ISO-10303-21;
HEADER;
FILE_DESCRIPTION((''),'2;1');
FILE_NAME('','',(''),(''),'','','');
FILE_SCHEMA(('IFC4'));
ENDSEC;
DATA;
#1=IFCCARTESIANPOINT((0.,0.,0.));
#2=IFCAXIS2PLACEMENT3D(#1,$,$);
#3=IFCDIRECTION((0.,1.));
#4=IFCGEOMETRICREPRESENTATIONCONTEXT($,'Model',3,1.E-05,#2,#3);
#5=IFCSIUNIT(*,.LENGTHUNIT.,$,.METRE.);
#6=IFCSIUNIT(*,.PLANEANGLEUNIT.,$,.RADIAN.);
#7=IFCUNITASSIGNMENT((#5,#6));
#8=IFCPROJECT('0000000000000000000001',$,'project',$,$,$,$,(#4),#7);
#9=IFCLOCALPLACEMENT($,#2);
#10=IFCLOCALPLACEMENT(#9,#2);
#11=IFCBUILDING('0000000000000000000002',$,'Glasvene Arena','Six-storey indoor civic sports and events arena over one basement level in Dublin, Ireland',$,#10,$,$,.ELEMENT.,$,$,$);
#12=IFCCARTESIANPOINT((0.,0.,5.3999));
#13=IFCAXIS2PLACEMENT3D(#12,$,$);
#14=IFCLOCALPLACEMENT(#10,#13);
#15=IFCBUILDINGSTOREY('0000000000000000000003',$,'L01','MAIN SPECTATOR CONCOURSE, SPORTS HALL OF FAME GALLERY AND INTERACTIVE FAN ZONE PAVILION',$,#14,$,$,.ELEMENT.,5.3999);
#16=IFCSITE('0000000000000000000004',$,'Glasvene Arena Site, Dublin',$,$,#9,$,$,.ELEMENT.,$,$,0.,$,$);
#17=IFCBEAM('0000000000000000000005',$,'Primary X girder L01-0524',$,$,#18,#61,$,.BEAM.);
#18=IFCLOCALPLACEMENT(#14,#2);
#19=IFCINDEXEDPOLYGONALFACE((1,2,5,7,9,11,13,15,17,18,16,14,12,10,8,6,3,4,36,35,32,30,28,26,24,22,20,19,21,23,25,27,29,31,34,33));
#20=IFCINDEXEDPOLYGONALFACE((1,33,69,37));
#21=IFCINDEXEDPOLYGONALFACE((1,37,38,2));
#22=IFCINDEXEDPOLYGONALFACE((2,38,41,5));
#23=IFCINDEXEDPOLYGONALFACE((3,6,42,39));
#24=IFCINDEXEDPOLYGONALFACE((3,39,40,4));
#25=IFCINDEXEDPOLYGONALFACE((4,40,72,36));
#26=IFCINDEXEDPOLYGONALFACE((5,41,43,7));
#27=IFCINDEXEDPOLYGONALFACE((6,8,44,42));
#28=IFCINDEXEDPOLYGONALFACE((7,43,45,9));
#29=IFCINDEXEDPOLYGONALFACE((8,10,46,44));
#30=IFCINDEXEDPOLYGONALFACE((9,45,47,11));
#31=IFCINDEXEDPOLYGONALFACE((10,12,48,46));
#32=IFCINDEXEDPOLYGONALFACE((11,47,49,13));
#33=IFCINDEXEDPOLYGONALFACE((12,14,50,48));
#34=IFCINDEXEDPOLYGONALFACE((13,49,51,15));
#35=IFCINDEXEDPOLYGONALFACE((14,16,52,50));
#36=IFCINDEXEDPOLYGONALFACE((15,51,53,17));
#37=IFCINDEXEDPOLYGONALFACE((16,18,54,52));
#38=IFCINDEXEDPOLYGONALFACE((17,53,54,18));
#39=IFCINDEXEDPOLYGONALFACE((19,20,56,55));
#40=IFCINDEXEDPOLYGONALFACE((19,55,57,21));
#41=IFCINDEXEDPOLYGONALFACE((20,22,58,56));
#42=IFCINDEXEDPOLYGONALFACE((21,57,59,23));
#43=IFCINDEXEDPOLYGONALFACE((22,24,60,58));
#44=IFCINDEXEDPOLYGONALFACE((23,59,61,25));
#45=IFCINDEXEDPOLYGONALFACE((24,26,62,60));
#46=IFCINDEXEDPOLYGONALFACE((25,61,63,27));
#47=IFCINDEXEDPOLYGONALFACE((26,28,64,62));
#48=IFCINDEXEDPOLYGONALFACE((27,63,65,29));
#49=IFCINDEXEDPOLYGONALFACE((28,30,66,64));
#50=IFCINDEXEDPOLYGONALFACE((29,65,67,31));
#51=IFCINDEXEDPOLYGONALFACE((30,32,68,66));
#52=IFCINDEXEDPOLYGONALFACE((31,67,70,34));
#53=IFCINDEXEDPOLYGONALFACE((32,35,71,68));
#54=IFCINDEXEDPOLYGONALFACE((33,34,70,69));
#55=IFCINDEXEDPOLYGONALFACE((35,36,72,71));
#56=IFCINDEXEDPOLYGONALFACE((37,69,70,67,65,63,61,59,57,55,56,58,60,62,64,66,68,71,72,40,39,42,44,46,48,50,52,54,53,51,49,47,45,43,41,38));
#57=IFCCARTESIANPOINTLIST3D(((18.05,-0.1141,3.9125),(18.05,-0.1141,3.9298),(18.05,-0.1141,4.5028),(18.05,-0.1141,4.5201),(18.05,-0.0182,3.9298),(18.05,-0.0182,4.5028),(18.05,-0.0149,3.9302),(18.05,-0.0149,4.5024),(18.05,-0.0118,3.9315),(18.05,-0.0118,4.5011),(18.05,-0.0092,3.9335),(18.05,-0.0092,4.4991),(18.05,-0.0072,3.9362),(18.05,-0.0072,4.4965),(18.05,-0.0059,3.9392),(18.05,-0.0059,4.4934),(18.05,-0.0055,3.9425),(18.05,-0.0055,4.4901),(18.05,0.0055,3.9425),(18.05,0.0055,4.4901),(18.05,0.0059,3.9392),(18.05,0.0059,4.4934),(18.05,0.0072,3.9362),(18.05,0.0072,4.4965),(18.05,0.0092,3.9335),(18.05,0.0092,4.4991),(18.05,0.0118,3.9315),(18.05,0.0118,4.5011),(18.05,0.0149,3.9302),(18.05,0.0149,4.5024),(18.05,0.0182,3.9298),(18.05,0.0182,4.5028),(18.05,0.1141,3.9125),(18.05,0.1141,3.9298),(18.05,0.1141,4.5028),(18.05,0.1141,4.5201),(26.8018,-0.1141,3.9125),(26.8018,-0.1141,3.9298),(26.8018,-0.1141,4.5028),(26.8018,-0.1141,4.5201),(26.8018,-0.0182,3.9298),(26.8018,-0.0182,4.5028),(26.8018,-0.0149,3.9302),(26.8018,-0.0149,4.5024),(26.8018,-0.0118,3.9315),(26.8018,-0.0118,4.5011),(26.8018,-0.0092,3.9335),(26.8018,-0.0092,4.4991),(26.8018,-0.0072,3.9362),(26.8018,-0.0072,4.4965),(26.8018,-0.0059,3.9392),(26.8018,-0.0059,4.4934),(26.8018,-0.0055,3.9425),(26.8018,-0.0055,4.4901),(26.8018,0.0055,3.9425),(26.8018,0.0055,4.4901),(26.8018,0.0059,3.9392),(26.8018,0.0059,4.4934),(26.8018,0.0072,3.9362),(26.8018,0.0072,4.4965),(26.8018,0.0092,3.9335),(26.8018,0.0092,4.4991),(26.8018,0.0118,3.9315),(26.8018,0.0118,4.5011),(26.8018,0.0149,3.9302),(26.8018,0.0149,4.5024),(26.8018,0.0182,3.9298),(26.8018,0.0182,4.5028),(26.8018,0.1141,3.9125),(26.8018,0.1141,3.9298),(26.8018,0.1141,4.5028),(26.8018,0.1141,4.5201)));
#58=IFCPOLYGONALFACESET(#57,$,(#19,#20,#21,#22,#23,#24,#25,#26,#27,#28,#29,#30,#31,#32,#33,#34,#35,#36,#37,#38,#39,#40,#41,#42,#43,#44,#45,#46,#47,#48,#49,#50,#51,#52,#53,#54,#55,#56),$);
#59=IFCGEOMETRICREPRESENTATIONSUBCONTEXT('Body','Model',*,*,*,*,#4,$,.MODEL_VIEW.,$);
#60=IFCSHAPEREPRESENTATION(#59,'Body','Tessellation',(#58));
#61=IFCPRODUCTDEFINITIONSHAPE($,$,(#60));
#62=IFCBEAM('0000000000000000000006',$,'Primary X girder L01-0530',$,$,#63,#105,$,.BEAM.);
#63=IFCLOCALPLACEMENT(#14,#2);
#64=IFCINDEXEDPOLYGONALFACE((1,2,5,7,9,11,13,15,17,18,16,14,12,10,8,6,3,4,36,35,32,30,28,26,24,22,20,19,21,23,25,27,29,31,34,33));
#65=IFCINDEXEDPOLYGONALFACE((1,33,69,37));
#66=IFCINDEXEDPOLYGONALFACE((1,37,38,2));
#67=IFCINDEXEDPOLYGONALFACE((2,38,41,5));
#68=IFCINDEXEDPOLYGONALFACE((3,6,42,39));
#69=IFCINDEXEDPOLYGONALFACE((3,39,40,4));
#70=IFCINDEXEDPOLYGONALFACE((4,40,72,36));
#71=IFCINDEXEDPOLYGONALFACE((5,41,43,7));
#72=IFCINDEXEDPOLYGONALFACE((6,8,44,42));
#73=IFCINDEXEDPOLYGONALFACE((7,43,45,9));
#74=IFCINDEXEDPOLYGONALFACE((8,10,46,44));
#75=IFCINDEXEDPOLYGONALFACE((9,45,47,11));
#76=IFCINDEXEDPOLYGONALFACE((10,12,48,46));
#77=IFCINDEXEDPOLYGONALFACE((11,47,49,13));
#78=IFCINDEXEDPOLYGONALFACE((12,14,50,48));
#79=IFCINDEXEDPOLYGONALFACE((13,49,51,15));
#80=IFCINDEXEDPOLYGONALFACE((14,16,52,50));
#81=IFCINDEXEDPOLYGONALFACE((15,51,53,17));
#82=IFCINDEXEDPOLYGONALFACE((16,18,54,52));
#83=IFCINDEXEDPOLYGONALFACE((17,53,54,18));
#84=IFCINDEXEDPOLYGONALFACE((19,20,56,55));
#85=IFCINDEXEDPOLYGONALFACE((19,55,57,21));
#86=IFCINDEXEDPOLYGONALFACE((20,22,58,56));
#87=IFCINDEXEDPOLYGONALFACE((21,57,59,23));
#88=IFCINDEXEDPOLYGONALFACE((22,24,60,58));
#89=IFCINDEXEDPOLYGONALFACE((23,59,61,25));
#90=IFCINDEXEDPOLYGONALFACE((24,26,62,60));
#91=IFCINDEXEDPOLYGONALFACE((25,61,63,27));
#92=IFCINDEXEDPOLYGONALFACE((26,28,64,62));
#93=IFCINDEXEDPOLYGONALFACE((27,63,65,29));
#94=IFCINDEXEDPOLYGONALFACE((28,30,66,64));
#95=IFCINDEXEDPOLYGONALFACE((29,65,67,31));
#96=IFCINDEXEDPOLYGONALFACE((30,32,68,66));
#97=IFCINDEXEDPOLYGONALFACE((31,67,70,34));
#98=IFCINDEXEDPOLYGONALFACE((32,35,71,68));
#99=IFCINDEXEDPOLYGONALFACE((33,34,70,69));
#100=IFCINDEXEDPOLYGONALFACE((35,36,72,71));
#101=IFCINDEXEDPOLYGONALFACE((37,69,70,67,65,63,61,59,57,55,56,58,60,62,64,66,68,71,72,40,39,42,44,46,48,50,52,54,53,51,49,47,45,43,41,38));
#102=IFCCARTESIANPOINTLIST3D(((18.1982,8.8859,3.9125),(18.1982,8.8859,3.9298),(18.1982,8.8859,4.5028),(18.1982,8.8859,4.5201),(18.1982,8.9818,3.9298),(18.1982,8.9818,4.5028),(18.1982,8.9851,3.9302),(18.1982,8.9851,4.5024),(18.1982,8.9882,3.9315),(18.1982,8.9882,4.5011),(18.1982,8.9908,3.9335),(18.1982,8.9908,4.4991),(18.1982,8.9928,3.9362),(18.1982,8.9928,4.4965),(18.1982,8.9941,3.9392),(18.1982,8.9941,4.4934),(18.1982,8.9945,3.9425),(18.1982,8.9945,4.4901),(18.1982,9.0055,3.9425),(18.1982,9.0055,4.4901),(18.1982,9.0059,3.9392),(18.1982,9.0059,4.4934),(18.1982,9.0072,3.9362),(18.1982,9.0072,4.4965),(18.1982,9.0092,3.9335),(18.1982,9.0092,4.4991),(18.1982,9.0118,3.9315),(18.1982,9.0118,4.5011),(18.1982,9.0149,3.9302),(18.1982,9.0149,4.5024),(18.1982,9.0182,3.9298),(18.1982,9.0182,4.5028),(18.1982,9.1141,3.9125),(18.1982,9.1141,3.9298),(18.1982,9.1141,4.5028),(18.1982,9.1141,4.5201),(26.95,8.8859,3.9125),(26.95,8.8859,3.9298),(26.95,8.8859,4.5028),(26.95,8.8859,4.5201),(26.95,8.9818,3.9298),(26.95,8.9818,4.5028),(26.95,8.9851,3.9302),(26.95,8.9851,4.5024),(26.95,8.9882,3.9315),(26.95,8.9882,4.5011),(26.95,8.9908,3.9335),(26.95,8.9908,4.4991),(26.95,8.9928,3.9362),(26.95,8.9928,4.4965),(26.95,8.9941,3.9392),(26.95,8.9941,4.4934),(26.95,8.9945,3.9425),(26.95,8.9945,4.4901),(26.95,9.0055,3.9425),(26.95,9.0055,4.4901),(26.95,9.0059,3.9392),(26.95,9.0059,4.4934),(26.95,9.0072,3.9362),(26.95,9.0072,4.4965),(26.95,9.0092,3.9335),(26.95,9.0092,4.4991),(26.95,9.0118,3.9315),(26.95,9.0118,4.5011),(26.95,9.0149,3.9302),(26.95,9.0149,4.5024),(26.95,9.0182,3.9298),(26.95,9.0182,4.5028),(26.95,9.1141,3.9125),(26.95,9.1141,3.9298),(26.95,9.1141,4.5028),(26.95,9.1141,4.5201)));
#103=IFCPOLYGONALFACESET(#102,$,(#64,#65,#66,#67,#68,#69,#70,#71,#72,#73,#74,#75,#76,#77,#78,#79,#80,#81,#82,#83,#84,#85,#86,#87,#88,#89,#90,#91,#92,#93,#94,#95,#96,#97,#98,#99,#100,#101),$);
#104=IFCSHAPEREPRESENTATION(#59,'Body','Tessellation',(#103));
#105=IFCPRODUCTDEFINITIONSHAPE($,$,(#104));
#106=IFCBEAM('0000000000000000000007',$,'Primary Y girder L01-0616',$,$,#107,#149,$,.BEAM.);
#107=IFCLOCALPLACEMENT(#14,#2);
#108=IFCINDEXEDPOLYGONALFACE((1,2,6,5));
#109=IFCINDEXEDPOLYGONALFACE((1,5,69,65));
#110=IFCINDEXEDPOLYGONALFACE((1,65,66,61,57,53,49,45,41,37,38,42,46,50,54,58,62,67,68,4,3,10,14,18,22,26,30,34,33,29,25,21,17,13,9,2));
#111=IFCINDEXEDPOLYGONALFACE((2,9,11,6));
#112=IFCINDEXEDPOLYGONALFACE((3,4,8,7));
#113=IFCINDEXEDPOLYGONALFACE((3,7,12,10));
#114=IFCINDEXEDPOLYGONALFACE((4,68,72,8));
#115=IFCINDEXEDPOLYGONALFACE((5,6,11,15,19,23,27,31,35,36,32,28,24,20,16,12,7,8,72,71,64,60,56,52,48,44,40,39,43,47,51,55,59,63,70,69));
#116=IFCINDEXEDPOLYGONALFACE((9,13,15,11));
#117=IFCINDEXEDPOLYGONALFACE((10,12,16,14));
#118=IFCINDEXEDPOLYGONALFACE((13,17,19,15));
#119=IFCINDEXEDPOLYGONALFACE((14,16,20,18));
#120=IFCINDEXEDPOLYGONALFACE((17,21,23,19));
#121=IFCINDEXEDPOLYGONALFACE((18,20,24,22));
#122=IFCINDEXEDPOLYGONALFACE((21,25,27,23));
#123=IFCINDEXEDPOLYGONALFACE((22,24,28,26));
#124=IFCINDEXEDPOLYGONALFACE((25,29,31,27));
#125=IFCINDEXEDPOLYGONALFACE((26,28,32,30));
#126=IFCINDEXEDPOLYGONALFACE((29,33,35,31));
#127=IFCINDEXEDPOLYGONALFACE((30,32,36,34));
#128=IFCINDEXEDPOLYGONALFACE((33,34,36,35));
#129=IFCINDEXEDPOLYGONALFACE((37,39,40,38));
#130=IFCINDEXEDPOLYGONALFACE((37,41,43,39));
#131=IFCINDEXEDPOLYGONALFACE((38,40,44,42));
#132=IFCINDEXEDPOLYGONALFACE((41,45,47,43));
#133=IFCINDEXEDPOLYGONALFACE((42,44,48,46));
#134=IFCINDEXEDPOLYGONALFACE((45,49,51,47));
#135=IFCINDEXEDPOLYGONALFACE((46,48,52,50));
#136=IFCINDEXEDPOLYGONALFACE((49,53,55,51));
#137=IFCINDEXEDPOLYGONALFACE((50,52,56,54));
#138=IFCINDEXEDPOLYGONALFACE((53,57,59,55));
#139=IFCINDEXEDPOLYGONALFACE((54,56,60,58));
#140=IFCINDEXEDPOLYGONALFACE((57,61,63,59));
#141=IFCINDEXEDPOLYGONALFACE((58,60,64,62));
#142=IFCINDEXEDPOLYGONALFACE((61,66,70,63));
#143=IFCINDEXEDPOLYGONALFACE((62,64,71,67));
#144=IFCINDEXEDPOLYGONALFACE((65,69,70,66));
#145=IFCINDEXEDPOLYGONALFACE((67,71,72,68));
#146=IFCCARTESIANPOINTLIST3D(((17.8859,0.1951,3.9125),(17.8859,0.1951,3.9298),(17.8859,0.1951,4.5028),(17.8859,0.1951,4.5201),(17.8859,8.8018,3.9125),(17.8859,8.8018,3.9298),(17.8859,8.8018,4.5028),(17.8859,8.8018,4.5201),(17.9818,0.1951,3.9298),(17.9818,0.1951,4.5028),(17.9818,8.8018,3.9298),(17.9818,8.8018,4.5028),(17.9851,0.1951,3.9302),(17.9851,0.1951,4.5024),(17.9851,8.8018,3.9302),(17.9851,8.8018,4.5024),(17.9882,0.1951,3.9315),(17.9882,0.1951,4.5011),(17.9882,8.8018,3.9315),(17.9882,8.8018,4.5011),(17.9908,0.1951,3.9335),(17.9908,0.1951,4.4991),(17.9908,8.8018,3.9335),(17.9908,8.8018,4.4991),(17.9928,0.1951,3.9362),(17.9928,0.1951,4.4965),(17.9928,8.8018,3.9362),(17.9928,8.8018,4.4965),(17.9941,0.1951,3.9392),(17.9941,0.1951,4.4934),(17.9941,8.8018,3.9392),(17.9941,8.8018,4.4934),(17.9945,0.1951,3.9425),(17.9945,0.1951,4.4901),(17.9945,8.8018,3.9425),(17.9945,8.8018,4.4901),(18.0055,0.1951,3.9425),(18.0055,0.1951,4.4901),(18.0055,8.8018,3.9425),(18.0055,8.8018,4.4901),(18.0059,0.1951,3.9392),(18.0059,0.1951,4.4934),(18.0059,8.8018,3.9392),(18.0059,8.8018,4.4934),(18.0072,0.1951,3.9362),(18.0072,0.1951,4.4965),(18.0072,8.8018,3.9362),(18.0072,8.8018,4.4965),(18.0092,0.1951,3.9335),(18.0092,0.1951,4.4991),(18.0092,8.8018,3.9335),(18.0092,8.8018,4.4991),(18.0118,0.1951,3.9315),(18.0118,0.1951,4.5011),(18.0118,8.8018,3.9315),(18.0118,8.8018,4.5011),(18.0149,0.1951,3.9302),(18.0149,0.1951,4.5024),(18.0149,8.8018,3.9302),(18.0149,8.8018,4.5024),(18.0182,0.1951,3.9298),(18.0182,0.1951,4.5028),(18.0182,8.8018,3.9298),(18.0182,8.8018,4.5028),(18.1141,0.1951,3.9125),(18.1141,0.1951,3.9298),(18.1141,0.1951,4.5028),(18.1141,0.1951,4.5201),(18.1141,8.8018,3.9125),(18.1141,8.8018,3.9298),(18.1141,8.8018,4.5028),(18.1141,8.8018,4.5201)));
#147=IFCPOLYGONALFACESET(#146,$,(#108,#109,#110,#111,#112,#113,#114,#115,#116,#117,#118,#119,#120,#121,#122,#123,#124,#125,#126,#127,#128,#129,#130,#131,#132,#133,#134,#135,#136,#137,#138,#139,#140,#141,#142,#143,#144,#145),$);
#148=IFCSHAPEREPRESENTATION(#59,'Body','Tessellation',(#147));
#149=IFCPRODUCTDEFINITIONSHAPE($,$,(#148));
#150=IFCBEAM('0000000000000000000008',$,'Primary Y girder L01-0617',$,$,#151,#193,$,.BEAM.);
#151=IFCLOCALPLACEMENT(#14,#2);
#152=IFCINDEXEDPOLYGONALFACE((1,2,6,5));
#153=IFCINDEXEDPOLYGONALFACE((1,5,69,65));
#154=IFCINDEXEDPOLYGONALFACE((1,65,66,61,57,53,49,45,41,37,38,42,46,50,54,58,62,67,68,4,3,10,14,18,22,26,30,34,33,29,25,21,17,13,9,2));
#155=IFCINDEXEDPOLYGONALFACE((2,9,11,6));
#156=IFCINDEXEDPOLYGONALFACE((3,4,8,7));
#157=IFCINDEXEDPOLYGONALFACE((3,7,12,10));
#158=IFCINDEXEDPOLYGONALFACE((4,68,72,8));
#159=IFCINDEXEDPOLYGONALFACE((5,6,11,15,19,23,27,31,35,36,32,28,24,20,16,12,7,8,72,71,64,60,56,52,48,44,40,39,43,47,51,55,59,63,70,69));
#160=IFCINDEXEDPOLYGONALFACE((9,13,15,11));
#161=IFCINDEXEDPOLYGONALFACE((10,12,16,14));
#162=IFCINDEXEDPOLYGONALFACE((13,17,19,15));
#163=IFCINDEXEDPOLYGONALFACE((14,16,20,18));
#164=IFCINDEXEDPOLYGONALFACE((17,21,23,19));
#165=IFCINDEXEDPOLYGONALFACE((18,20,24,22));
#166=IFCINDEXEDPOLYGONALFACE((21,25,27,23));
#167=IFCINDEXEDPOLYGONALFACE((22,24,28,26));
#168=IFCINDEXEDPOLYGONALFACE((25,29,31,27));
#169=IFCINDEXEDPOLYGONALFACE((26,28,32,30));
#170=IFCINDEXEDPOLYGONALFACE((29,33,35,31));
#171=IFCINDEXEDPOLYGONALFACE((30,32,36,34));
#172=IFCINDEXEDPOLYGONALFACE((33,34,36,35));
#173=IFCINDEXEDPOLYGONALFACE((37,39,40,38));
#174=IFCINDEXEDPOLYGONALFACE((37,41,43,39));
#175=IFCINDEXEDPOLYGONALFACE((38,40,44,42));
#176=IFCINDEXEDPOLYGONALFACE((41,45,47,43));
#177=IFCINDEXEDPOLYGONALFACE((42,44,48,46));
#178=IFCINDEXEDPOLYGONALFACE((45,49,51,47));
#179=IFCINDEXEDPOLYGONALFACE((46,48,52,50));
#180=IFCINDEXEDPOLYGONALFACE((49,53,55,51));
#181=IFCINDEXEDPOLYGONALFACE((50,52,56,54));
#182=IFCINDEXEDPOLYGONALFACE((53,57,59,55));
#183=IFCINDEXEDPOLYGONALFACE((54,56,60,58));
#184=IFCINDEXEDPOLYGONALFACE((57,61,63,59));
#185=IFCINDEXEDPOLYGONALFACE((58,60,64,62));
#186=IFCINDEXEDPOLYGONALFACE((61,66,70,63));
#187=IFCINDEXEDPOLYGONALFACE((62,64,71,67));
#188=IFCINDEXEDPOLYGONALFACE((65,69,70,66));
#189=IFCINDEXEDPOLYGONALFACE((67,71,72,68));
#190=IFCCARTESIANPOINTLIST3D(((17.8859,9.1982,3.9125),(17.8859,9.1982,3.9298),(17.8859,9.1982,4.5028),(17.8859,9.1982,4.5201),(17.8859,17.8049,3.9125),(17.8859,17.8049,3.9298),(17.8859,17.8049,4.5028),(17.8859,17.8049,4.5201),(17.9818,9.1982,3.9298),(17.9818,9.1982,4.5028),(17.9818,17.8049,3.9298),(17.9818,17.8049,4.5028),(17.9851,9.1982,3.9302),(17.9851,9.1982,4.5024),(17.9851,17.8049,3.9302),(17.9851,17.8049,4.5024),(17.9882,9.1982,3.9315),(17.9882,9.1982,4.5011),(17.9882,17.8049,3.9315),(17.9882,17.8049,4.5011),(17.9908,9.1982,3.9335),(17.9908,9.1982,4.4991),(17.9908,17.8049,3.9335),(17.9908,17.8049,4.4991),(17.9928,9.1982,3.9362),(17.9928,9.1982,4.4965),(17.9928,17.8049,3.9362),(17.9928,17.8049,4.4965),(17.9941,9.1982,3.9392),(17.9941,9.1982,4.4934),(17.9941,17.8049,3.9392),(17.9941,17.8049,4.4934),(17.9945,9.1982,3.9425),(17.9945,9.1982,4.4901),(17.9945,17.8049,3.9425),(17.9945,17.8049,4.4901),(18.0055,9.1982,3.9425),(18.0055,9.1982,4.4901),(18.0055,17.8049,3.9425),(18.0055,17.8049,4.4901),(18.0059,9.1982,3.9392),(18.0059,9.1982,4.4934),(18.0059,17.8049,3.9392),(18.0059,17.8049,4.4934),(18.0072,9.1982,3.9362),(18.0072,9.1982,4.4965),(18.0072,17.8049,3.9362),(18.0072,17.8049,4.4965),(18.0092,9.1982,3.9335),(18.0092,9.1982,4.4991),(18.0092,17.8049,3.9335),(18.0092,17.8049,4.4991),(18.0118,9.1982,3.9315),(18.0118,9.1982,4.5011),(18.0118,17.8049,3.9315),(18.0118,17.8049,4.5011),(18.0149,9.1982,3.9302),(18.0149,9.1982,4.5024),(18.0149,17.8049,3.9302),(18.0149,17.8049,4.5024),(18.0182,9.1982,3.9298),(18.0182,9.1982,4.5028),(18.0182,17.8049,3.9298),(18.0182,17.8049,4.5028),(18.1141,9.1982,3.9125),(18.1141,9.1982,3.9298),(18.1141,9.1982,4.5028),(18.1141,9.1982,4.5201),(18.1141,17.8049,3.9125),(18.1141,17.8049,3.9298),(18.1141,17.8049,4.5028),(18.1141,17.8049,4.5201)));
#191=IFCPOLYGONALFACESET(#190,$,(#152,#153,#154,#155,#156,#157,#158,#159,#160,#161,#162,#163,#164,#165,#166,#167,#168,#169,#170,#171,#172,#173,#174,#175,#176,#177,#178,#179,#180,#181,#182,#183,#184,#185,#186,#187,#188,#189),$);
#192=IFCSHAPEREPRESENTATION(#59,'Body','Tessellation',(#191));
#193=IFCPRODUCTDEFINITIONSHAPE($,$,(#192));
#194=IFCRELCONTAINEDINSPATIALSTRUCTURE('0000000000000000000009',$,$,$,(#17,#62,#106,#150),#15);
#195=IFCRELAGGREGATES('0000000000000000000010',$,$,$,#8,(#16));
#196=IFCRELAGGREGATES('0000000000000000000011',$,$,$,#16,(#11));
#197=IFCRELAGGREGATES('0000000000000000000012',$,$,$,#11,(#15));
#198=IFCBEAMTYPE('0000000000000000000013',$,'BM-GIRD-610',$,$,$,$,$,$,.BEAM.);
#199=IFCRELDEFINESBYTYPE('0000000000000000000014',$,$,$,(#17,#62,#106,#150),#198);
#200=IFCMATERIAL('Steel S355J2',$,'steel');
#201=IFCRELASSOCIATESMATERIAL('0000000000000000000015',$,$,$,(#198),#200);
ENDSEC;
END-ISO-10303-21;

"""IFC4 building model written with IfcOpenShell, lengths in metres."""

from ifc_helpers import new_model, si_unit, direction, frame, origin, origin_2d, place, context, subcontext, project, spatial, i_section, extrude, material, material_profile, profile_set, type_object, element, save


model = new_model("IFC4")

# Units and contexts
model_context = context("Model", 3, precision=1e-05, world=origin(), true_north=direction((0.0, 1.0)))
body_context = subcontext(model_context, "Body", "Model", "MODEL_VIEW")
ifc_project = project(units=[si_unit("LENGTHUNIT", "METRE"), si_unit("PLANEANGLEUNIT", "RADIAN")], contexts=[model_context])

# Site, building, storey
site_placement = place(None, origin())
site = spatial("IfcSite", under=ifc_project, at=site_placement, Name="Glasvene Arena Site, Dublin", CompositionType="ELEMENT", RefElevation=0.0)
building_placement = place(site_placement, origin())
building = spatial("IfcBuilding", under=site, at=building_placement, Name="Glasvene Arena", Description="Six-storey indoor civic sports and events arena over one basement level in Dublin, Ireland", CompositionType="ELEMENT")
storey_placement = place(building_placement, frame((0.0, 0.0, 5.3999)))
storey = spatial("IfcBuildingStorey", under=building, at=storey_placement, Name="L01", Description="MAIN SPECTATOR CONCOURSE, SPORTS HALL OF FAME GALLERY AND INTERACTIVE FAN ZONE PAVILION", CompositionType="ELEMENT", Elevation=5.3999)

# Shared definitions
ifc_material_1 = material(Name="Steel S355J2", Category="steel")

# Beams
ifc_material_profile_1 = material_profile(ifc_material_1, i_section(OverallWidth=0.2283, OverallDepth=0.6077, WebThickness=0.011, FlangeThickness=0.0173, FilletRadius=0.0127, at=origin_2d()), Name="UKB 610x229x113")
ifc_profile_set_1 = profile_set([ifc_material_profile_1], Name="Steel S355J2")
beam_type_1 = type_object("IfcBeamType", Name="BM-GIRD-610", PredefinedType="BEAM", material=ifc_profile_set_1)
for number, where, z_axis, x_axis, name in (
    (1, (18.05, 0.0, 4.2163), (1.0, 0.0, 0.0), (0.0, 1.0, 0.0), "Primary X girder L01-0524"),
    (2, (18.1982, 9.0, 4.2163), (1.0, 0.0, 0.0), (0.0, 1.0, 0.0), "Primary X girder L01-0530"),
):
    element("IfcBeam", number, at=place(storey_placement, frame(where, z_axis=z_axis, x_axis=x_axis)), inside=storey, type_object=beam_type_1, Name=name, PredefinedType="BEAM", context=body_context, shape_type="SweptSolid", body=[
        extrude(i_section(OverallWidth=0.2283, OverallDepth=0.6077, WebThickness=0.011, FlangeThickness=0.0173, FilletRadius=0.0127, at=origin_2d()), origin(), (0.0, 0.0, 1.0), 8.7517),
    ])
for number, where, z_axis, x_axis, name in (
    (3, (18.0, 0.1951, 4.2163), (0.0, 1.0, 0.0), (-1.0, 0.0, 0.0), "Primary Y girder L01-0616"),
    (4, (18.0, 9.1982, 4.2163), (0.0, 1.0, 0.0), (-1.0, 0.0, 0.0), "Primary Y girder L01-0617"),
):
    element("IfcBeam", number, at=place(storey_placement, frame(where, z_axis=z_axis, x_axis=x_axis)), inside=storey, type_object=beam_type_1, Name=name, PredefinedType="BEAM", context=body_context, shape_type="SweptSolid", body=[
        extrude(i_section(OverallWidth=0.2283, OverallDepth=0.6077, WebThickness=0.011, FlangeThickness=0.0173, FilletRadius=0.0127, at=origin_2d()), origin(), (0.0, 0.0, 1.0), 8.6067),
    ])

save(model, "model.ifc")
